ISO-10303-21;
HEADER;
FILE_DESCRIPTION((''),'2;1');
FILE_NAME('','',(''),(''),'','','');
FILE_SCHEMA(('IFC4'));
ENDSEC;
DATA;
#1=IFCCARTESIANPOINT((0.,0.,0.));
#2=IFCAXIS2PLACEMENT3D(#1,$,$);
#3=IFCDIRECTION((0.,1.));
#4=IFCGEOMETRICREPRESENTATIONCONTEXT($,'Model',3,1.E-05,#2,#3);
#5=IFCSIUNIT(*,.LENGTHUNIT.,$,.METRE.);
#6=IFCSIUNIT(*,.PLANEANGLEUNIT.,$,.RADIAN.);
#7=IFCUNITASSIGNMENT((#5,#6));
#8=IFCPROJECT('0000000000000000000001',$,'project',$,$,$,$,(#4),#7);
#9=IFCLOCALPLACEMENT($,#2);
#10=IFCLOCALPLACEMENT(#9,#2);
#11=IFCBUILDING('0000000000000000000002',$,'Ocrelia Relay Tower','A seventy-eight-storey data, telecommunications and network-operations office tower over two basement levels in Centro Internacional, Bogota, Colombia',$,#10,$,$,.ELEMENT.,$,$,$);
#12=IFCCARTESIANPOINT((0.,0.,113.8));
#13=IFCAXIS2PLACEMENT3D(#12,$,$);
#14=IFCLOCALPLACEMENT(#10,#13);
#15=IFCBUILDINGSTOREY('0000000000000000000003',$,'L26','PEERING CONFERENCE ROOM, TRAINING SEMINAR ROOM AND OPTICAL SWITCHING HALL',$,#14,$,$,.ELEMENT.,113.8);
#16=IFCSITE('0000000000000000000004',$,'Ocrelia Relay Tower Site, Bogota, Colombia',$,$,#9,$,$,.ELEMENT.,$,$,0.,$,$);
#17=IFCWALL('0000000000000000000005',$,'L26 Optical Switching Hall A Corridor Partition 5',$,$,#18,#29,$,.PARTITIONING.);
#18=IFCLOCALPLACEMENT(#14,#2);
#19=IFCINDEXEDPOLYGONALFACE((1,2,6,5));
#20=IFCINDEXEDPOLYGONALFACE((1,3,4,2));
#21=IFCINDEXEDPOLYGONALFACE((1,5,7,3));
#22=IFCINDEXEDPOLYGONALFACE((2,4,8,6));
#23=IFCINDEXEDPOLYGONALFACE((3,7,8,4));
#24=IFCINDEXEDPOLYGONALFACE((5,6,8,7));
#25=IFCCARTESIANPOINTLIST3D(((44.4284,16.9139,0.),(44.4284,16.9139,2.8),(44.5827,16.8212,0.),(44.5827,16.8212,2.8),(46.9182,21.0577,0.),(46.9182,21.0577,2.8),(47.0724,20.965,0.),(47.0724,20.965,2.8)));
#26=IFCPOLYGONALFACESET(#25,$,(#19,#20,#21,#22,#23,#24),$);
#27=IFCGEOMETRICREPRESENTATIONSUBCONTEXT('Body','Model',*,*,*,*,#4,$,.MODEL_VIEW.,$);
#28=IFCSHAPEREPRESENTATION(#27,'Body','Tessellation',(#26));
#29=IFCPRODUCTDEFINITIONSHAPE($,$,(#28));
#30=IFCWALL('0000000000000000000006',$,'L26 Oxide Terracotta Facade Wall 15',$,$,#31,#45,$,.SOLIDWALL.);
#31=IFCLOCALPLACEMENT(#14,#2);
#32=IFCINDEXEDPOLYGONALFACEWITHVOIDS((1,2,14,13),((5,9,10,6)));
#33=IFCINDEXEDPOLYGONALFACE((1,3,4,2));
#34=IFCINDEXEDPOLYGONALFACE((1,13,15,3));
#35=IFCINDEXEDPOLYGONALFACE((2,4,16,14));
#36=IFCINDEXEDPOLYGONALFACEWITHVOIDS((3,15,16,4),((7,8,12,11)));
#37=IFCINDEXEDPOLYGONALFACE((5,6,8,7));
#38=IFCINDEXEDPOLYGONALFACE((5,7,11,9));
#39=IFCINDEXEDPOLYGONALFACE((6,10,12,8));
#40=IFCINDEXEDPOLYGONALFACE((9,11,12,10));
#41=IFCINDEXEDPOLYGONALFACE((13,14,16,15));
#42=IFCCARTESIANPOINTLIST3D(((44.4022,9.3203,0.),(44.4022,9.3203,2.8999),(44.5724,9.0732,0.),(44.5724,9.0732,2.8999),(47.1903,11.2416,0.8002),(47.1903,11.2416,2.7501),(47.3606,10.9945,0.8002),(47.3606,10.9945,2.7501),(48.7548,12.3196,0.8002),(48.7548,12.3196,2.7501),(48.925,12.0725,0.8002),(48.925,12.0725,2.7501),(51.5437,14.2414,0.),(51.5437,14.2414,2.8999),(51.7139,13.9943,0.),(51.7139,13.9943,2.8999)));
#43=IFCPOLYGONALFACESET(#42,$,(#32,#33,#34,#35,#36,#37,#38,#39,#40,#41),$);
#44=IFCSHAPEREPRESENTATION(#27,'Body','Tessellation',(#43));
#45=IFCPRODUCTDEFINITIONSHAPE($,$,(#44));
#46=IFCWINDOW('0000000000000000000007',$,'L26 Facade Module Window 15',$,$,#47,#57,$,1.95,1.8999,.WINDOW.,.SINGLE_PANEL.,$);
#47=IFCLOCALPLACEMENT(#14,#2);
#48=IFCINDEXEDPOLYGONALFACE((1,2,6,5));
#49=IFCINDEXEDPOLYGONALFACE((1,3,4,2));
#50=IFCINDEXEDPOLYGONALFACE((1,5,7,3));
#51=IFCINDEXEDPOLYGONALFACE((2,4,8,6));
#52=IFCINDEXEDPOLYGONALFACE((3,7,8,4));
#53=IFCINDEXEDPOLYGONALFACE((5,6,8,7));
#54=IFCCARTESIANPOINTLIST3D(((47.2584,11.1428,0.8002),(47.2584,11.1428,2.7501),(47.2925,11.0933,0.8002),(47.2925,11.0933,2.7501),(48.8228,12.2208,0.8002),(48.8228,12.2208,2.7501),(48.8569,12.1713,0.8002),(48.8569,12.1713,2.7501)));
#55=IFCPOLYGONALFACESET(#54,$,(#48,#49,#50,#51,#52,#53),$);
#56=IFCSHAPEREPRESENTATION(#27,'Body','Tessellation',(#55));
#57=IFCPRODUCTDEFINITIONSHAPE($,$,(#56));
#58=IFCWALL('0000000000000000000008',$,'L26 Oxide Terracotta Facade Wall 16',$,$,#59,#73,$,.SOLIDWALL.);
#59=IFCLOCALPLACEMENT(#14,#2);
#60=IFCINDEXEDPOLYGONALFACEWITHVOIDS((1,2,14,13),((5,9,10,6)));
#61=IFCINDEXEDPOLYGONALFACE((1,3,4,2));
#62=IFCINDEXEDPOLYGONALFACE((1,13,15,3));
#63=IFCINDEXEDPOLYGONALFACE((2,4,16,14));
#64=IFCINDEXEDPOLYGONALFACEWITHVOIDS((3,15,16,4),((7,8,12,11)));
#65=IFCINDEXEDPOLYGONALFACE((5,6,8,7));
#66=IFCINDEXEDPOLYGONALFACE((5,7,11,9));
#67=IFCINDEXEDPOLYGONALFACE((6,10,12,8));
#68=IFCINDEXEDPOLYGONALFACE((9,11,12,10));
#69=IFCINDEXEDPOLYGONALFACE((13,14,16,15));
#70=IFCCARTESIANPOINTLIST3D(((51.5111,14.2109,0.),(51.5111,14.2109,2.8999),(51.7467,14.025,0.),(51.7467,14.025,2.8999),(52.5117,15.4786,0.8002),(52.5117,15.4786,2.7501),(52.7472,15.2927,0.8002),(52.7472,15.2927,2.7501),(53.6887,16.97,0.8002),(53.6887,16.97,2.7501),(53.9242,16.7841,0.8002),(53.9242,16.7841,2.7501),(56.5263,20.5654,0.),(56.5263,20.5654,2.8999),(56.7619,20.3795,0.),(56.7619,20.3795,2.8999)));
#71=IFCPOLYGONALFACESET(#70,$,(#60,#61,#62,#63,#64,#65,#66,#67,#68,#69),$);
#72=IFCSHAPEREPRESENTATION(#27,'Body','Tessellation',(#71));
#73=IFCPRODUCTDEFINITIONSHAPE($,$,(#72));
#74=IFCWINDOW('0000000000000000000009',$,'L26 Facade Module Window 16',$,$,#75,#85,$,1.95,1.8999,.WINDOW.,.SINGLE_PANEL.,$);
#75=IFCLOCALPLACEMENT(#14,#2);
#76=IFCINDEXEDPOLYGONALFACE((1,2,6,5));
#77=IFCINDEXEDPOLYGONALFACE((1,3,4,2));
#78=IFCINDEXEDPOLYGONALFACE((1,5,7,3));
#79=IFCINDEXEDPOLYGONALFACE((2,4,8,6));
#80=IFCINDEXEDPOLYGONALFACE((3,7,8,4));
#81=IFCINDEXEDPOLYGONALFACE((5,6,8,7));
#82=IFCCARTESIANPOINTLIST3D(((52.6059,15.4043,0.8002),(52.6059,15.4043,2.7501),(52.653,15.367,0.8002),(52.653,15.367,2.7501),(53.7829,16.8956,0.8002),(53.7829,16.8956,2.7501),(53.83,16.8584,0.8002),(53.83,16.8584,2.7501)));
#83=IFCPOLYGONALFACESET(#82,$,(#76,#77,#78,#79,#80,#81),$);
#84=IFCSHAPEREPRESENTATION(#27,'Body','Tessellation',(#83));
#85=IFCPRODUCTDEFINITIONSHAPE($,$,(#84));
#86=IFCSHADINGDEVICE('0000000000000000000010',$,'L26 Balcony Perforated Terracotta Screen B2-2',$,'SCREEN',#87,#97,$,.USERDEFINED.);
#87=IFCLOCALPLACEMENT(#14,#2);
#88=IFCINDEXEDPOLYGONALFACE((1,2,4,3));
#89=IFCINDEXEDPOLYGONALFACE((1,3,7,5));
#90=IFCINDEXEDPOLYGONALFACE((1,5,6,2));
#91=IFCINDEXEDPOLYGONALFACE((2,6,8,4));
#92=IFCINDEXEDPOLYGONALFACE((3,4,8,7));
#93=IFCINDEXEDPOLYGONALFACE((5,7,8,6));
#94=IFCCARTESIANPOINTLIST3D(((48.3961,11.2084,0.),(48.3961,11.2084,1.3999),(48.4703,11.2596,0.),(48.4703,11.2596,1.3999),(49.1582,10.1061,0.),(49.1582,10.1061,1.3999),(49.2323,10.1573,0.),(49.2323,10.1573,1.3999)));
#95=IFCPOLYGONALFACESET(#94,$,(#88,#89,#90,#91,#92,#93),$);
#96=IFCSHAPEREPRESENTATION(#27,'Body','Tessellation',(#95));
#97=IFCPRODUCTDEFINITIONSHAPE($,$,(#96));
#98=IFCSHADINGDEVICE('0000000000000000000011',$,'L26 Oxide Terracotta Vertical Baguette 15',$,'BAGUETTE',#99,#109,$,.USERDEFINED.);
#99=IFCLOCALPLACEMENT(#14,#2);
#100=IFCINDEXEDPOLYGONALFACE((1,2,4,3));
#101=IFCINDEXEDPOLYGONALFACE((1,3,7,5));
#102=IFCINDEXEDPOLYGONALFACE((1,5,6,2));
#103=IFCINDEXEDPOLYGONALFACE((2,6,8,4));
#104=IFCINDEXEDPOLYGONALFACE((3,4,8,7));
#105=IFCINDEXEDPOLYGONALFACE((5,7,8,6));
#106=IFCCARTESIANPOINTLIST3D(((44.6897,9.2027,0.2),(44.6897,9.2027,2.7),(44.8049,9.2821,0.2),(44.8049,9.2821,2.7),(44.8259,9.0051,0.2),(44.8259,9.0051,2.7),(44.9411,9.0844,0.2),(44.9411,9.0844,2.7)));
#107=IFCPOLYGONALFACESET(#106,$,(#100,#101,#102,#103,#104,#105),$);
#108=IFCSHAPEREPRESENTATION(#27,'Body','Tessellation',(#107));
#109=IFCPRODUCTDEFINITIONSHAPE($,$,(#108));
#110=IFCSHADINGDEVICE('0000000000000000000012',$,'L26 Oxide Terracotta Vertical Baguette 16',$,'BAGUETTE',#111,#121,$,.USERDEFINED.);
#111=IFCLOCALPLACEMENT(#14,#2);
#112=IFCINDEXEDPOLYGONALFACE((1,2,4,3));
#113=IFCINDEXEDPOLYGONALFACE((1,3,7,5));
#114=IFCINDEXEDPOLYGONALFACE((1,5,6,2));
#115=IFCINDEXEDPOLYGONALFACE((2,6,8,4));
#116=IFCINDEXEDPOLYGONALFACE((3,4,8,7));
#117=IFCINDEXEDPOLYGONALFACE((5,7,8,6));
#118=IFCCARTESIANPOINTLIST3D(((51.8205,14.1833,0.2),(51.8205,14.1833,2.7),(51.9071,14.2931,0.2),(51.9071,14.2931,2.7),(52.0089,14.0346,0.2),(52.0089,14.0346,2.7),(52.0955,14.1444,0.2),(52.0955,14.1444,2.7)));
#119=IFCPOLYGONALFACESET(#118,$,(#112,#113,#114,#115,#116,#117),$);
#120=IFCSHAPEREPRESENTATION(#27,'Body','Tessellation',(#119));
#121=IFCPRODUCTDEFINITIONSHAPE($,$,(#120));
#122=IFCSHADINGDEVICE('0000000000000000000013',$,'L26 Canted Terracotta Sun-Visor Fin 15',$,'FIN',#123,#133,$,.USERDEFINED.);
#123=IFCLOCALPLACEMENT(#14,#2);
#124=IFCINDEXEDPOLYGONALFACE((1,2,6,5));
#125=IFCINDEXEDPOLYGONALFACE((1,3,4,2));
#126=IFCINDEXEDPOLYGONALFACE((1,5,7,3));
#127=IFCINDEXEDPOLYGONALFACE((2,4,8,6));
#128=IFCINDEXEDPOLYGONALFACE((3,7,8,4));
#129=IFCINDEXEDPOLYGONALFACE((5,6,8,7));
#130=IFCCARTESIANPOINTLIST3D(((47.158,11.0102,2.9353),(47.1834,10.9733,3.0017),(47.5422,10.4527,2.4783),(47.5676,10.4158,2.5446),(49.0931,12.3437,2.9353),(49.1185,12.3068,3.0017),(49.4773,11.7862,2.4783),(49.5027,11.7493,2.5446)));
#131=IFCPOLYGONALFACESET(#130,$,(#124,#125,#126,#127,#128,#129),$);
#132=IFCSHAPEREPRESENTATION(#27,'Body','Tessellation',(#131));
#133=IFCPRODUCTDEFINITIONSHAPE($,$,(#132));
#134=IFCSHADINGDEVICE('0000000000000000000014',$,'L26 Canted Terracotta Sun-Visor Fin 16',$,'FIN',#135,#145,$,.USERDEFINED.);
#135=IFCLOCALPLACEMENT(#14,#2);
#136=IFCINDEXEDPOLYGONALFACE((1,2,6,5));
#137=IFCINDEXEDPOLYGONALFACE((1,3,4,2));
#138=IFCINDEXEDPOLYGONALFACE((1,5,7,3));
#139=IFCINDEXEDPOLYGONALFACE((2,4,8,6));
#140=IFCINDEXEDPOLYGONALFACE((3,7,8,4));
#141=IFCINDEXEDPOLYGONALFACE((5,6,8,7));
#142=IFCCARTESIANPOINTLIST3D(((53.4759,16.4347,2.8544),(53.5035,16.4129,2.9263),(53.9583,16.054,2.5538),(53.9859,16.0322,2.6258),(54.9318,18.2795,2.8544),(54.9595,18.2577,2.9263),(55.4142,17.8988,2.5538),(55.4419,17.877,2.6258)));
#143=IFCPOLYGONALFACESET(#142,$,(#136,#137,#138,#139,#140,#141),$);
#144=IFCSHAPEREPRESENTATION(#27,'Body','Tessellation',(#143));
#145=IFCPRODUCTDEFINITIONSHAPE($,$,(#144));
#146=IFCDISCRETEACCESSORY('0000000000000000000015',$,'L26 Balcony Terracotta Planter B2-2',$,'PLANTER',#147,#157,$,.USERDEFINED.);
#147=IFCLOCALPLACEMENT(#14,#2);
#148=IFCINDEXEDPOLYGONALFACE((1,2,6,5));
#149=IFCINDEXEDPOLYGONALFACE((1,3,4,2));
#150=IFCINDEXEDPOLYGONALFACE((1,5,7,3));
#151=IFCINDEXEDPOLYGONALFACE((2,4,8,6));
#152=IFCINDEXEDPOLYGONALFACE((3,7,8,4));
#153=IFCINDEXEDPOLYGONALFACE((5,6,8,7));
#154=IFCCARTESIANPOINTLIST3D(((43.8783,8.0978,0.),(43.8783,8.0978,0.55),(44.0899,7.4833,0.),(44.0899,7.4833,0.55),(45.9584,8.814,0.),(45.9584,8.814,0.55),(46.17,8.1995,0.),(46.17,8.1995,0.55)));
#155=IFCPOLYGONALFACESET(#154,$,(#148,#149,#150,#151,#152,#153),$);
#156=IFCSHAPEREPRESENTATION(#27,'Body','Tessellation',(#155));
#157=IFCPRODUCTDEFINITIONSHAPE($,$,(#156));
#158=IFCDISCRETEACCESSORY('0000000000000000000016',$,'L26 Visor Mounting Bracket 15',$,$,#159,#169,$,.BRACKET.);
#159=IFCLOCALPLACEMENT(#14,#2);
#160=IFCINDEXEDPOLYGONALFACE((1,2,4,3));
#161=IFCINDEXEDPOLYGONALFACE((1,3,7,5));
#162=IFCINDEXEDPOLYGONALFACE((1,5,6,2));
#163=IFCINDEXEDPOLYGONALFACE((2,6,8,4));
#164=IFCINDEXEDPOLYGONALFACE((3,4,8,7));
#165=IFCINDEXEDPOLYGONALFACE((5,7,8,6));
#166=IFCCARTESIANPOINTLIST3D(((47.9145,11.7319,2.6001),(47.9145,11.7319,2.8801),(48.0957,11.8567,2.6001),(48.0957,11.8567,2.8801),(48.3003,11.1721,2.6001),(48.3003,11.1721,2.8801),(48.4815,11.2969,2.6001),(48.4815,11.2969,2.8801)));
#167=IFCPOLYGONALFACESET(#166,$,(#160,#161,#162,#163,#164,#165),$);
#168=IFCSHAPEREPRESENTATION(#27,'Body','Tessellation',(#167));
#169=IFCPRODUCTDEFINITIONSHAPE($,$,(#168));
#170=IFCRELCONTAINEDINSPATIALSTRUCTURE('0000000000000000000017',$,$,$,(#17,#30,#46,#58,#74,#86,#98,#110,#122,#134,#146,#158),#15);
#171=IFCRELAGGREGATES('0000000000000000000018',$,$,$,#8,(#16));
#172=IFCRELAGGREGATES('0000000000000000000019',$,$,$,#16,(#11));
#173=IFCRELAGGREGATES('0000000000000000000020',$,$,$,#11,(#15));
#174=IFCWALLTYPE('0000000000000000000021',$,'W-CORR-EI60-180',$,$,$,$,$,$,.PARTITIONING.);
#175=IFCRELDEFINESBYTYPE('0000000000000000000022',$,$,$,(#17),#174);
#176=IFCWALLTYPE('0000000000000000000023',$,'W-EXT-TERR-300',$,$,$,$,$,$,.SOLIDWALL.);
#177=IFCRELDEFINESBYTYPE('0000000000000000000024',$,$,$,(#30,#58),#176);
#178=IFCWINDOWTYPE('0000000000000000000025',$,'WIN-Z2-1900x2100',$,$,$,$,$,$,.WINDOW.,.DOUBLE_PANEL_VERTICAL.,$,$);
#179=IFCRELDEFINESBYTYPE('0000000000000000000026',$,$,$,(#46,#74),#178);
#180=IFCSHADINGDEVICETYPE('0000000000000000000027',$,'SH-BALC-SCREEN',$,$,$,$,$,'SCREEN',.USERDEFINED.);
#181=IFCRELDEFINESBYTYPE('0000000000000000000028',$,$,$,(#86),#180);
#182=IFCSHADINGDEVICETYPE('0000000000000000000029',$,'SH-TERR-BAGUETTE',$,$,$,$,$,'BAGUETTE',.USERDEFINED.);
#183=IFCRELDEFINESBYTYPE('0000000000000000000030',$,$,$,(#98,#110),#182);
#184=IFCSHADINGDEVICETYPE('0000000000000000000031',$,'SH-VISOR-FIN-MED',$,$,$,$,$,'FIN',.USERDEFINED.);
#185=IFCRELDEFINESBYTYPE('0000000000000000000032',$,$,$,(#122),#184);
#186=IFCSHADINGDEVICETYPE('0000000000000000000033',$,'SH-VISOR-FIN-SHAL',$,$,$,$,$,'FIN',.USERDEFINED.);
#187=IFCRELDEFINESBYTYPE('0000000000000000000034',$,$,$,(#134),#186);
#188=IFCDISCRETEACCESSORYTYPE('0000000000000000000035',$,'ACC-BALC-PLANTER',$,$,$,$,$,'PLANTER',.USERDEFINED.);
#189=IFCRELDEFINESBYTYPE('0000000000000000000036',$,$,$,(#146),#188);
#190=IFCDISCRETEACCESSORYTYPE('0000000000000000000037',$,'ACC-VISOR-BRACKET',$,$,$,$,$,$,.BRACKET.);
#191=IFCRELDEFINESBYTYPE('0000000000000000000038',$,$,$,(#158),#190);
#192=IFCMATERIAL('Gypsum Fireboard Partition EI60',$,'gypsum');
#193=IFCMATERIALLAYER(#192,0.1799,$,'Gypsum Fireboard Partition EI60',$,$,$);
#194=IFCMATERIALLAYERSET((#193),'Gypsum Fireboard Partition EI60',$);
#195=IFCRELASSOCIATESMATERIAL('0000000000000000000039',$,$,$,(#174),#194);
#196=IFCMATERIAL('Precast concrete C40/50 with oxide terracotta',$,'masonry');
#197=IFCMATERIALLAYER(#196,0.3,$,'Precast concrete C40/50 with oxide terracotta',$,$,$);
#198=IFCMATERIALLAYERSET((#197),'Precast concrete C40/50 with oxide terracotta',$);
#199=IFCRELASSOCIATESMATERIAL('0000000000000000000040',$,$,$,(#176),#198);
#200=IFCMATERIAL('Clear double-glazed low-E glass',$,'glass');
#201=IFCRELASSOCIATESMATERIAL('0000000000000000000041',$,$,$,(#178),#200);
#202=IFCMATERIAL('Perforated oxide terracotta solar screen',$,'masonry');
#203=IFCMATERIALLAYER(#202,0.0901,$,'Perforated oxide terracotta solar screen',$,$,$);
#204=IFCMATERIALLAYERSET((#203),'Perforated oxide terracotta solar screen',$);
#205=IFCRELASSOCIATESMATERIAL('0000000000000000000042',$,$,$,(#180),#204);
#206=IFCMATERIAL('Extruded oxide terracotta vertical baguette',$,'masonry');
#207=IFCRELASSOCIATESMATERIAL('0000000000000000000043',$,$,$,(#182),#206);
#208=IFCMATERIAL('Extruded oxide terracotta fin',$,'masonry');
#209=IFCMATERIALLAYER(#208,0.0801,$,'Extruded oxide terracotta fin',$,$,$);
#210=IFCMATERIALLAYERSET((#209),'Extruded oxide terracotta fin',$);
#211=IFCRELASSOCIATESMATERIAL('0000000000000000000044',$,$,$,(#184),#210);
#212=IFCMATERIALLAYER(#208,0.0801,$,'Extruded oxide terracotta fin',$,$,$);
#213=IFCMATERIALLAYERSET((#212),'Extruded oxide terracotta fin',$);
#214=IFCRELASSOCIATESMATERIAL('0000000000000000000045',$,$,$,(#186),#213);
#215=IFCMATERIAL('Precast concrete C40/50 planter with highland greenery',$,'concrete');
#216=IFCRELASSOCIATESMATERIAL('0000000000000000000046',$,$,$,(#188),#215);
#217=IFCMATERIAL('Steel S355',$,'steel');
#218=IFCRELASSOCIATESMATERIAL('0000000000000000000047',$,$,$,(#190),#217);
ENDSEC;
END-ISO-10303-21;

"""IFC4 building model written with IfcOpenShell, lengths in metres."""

from ifc_helpers import new_model, si_unit, direction, frame, frame_2d, origin, origin_2d, place, context, subcontext, project, spatial, rectangle, extrude, material, layer, layer_set, type_object, element, fill, save


model = new_model("IFC4")

# Units and contexts
model_context = context("Model", 3, precision=1e-05, world=origin(), true_north=direction((0.0, 1.0)))
body_context = subcontext(model_context, "Body", "Model", "MODEL_VIEW")
ifc_project = project(units=[si_unit("LENGTHUNIT", "METRE"), si_unit("PLANEANGLEUNIT", "RADIAN")], contexts=[model_context])

# Site, building, storey
site_placement = place(None, origin())
site = spatial("IfcSite", under=ifc_project, at=site_placement, Name="Ocrelia Relay Tower Site, Bogota, Colombia", CompositionType="ELEMENT", RefElevation=0.0)
building_placement = place(site_placement, origin())
building = spatial("IfcBuilding", under=site, at=building_placement, Name="Ocrelia Relay Tower", Description="A seventy-eight-storey data, telecommunications and network-operations office tower over two basement levels in Centro Internacional, Bogota, Colombia", CompositionType="ELEMENT")
storey_placement = place(building_placement, frame((0.0, 0.0, 113.8)))
storey = spatial("IfcBuildingStorey", under=building, at=storey_placement, Name="L26", Description="PEERING CONFERENCE ROOM, TRAINING SEMINAR ROOM AND OPTICAL SWITCHING HALL", CompositionType="ELEMENT", Elevation=113.8)

# Shared definitions
ifc_material_1 = material(Name="Steel S355", Category="steel")

# Wall
ifc_material_2 = material(Name="Gypsum Fireboard Partition EI60", Category="gypsum")
ifc_layer_1 = layer(ifc_material_2, 0.1799, Name="Gypsum Fireboard Partition EI60")
ifc_layer_set_1 = layer_set([ifc_layer_1], Name="Gypsum Fireboard Partition EI60")
wall_type_1 = type_object("IfcWallType", Name="W-CORR-EI60-180", PredefinedType="PARTITIONING", material=ifc_layer_set_1)
wall_1_placement = place(storey_placement, frame((44.5056, 16.8677, 0.0), z_axis=(0.0, 0.0, 1.0), x_axis=(0.515023, 0.857176, 0.0)))
element("IfcWall", 1, at=wall_1_placement, inside=storey, type_object=wall_type_1, Name="L26 Optical Switching Hall A Corridor Partition 5", PredefinedType="PARTITIONING", context=body_context, shape_type="SweptSolid", body=[
    extrude(rectangle(XDim=4.8342, YDim=0.1799, at=frame_2d((2.417, 0.0))), origin(), (0.0, 0.0, 1.0), 2.8),
])

# Walls, openings, windows
ifc_material_3 = material(Name="Precast concrete C40/50 with oxide terracotta", Category="masonry")
ifc_layer_2 = layer(ifc_material_3, 0.3, Name="Precast concrete C40/50 with oxide terracotta")
ifc_layer_set_2 = layer_set([ifc_layer_2], Name="Precast concrete C40/50 with oxide terracotta")
wall_type_2 = type_object("IfcWallType", Name="W-EXT-TERR-300", PredefinedType="SOLIDWALL", material=ifc_layer_set_2)
wall_2_placement = place(storey_placement, frame((44.4873, 9.1968, 0.0), z_axis=(0.0, 0.0, 1.0), x_axis=(0.823434, 0.567413, 0.0)))
wall_2 = element("IfcWall", 2, at=wall_2_placement, inside=storey, type_object=wall_type_2, Name="L26 Oxide Terracotta Facade Wall 15", PredefinedType="SOLIDWALL", context=body_context, shape_type="SweptSolid", body=[
    extrude(rectangle(XDim=8.6729, YDim=0.3, at=frame_2d((4.3364, 0.0))), origin(), (0.0, 0.0, 1.0), 2.8999),
])
opening_1_placement = place(wall_2_placement, frame((3.386, 0.0, 0.8)))
opening_1 = element("IfcOpeningElement", 3, at=opening_1_placement, cuts=wall_2, PredefinedType="OPENING", context=body_context, shape_type="SweptSolid", body=[
    extrude(rectangle(XDim=1.8999, YDim=1.95, at=frame_2d((0.95, 0.9751))), frame((0.0, 0.1602, 0.0), z_axis=(0.0, -1.0, 0.0), x_axis=(1.0, 0.0, 0.0)), (0.0, 0.0, 1.0), 0.3201),
])
ifc_material_4 = material(Name="Clear double-glazed low-E glass", Category="glass")
window_type = type_object("IfcWindowType", Name="WIN-Z2-1900x2100", PartitioningType="DOUBLE_PANEL_VERTICAL", PredefinedType="WINDOW", material=ifc_material_4)
window_1_placement = place(opening_1_placement, origin())
window_1 = element("IfcWindow", 4, at=window_1_placement, inside=storey, type_object=window_type, Name="L26 Facade Module Window 15", OverallHeight=1.95, OverallWidth=1.8999, PartitioningType="SINGLE_PANEL", PredefinedType="WINDOW", context=body_context, shape_type="SweptSolid", body=[
    extrude(rectangle(XDim=1.8999, YDim=1.95, at=frame_2d((0.95, 0.9751))), frame((0.0, 0.03, 0.0), z_axis=(0.0, -1.0, 0.0), x_axis=(1.0, 0.0, 0.0)), (0.0, 0.0, 1.0), 0.0601),
])
fill(opening_1, window_1)
wall_3_placement = place(storey_placement, frame((51.6289, 14.1179, 0.0), z_axis=(0.0, 0.0, 1.0), x_axis=(0.619525, 0.784977, 0.0)))
wall_3 = element("IfcWall", 5, at=wall_3_placement, inside=storey, type_object=wall_type_2, Name="L26 Oxide Terracotta Facade Wall 16", PredefinedType="SOLIDWALL", context=body_context, shape_type="SweptSolid", body=[
    extrude(rectangle(XDim=8.0952, YDim=0.3, at=frame_2d((4.0476, 0.0))), origin(), (0.0, 0.0, 1.0), 2.8999),
])
opening_2_placement = place(wall_3_placement, frame((1.615, 0.0, 0.8)))
opening_2 = element("IfcOpeningElement", 6, at=opening_2_placement, cuts=wall_3, PredefinedType="OPENING", context=body_context, shape_type="SweptSolid", body=[
    extrude(rectangle(XDim=1.8999, YDim=1.95, at=frame_2d((0.95, 0.9751))), frame((0.0, 0.1602, 0.0), z_axis=(0.0, -1.0, 0.0), x_axis=(1.0, 0.0, 0.0)), (0.0, 0.0, 1.0), 0.3201),
])
window_2_placement = place(opening_2_placement, origin())
window_2 = element("IfcWindow", 7, at=window_2_placement, inside=storey, type_object=window_type, Name="L26 Facade Module Window 16", OverallHeight=1.95, OverallWidth=1.8999, PartitioningType="SINGLE_PANEL", PredefinedType="WINDOW", context=body_context, shape_type="SweptSolid", body=[
    extrude(rectangle(XDim=1.8999, YDim=1.95, at=frame_2d((0.95, 0.9751))), frame((0.0, 0.03, 0.0), z_axis=(0.0, -1.0, 0.0), x_axis=(1.0, 0.0, 0.0)), (0.0, 0.0, 1.0), 0.0601),
])
fill(opening_2, window_2)

# Shading devices
ifc_material_5 = material(Name="Perforated oxide terracotta solar screen", Category="masonry")
ifc_layer_3 = layer(ifc_material_5, 0.0901, Name="Perforated oxide terracotta solar screen")
ifc_layer_set_3 = layer_set([ifc_layer_3], Name="Perforated oxide terracotta solar screen")
shading_device_type_1 = type_object("IfcShadingDeviceType", Name="SH-BALC-SCREEN", ElementType="SCREEN", PredefinedType="USERDEFINED", material=ifc_layer_set_3)
shading_device_1_placement = place(storey_placement, frame((48.8142, 10.6829, 0.0), z_axis=(0.0, 0.0, 1.0), x_axis=(0.568631, -0.822592, 0.0)))
element("IfcShadingDevice", 8, at=shading_device_1_placement, inside=storey, type_object=shading_device_type_1, Name="L26 Balcony Perforated Terracotta Screen B2-2", ObjectType="SCREEN", PredefinedType="USERDEFINED", context=body_context, shape_type="SweptSolid", body=[
    extrude(rectangle(XDim=1.3401, YDim=0.0901, at=origin_2d()), origin(), (0.0, 0.0, 1.0), 1.3999),
])
ifc_material_6 = material(Name="Extruded oxide terracotta vertical baguette", Category="masonry")
shading_device_type_2 = type_object("IfcShadingDeviceType", Name="SH-TERR-BAGUETTE", ElementType="BAGUETTE", PredefinedType="USERDEFINED", material=ifc_material_6)
for number, where, z_axis, x_axis, name in (
    (9, (44.8154, 9.1436, 0.2), (0.0, 0.0, 1.0), (0.823427, 0.567423, 0.0), "L26 Oxide Terracotta Vertical Baguette 15"),
    (10, (51.958, 14.1638, 0.2), (0.0, 0.0, 1.0), (0.619522, 0.78498, 0.0), "L26 Oxide Terracotta Vertical Baguette 16"),
):
    element("IfcShadingDevice", number, at=place(storey_placement, frame(where, z_axis=z_axis, x_axis=x_axis)), inside=storey, type_object=shading_device_type_2, Name=name, ObjectType="BAGUETTE", PredefinedType="USERDEFINED", context=body_context, shape_type="SweptSolid", body=[
        extrude(rectangle(XDim=0.1399, YDim=0.24, at=origin_2d()), origin(), (0.0, 0.0, 1.0), 2.5),
    ])
ifc_material_7 = material(Name="Extruded oxide terracotta fin", Category="masonry")
ifc_layer_4 = layer(ifc_material_7, 0.0801, Name="Extruded oxide terracotta fin")
ifc_layer_set_4 = layer_set([ifc_layer_4], Name="Extruded oxide terracotta fin")
shading_device_type_3 = type_object("IfcShadingDeviceType", Name="SH-VISOR-FIN-MED", ElementType="FIN", PredefinedType="USERDEFINED", material=ifc_layer_set_4)
shading_device_2_placement = place(storey_placement, frame((48.3176, 11.3982, 2.7068), z_axis=(0.317463, -0.460693, 0.828842), x_axis=(0.823427, 0.567423, 0.0)))
element("IfcShadingDevice", 11, at=shading_device_2_placement, inside=storey, type_object=shading_device_type_3, Name="L26 Canted Terracotta Sun-Visor Fin 15", ObjectType="FIN", PredefinedType="USERDEFINED", context=body_context, shape_type="SweptSolid", body=[
    extrude(rectangle(XDim=2.3501, YDim=0.8169, at=origin_2d()), origin(), (0.0, 0.0, 1.0), 0.0801),
])
ifc_layer_5 = layer(ifc_material_7, 0.0801, Name="Extruded oxide terracotta fin")
ifc_layer_set_5 = layer_set([ifc_layer_5], Name="Extruded oxide terracotta fin")
shading_device_type_4 = type_object("IfcShadingDeviceType", Name="SH-VISOR-FIN-SHAL", ElementType="FIN", PredefinedType="USERDEFINED", material=ifc_layer_set_5)
shading_device_3_placement = place(storey_placement, frame((54.4451, 17.1667, 2.7041), z_axis=(0.344851, -0.272163, 0.898334), x_axis=(0.619522, 0.78498, 0.0)))
element("IfcShadingDevice", 12, at=shading_device_3_placement, inside=storey, type_object=shading_device_type_4, Name="L26 Canted Terracotta Sun-Visor Fin 16", ObjectType="FIN", PredefinedType="USERDEFINED", context=body_context, shape_type="SweptSolid", body=[
    extrude(rectangle(XDim=2.3501, YDim=0.6841, at=origin_2d()), origin(), (0.0, 0.0, 1.0), 0.0801),
])

# Discrete accessories
ifc_material_8 = material(Name="Precast concrete C40/50 planter with highland greenery", Category="concrete")
discrete_accessory_type_1 = type_object("IfcDiscreteAccessoryType", Name="ACC-BALC-PLANTER", ElementType="PLANTER", PredefinedType="USERDEFINED", material=ifc_material_8)
discrete_accessory_1_placement = place(storey_placement, frame((45.0242, 8.1487, 0.0), z_axis=(0.0, 0.0, 1.0), x_axis=(-0.945524, -0.325553, 0.0)))
element("IfcDiscreteAccessory", 13, at=discrete_accessory_1_placement, inside=storey, type_object=discrete_accessory_type_1, Name="L26 Balcony Terracotta Planter B2-2", ObjectType="PLANTER", PredefinedType="USERDEFINED", context=body_context, shape_type="SweptSolid", body=[
    extrude(rectangle(XDim=2.2, YDim=0.6499, at=origin_2d()), origin(), (0.0, 0.0, 1.0), 0.55),
])
discrete_accessory_type_2 = type_object("IfcDiscreteAccessoryType", Name="ACC-VISOR-BRACKET", PredefinedType="BRACKET", material=ifc_material_1)
discrete_accessory_2_placement = place(storey_placement, frame((48.198, 11.5144, 2.6001), z_axis=(0.0, 0.0, 1.0), x_axis=(0.823427, 0.567423, 0.0)))
element("IfcDiscreteAccessory", 14, at=discrete_accessory_2_placement, inside=storey, type_object=discrete_accessory_type_2, Name="L26 Visor Mounting Bracket 15", PredefinedType="BRACKET", context=body_context, shape_type="SweptSolid", body=[
    extrude(rectangle(XDim=0.22, YDim=0.6799, at=origin_2d()), origin(), (0.0, 0.0, 1.0), 0.28),
])

save(model, "model.ifc")
